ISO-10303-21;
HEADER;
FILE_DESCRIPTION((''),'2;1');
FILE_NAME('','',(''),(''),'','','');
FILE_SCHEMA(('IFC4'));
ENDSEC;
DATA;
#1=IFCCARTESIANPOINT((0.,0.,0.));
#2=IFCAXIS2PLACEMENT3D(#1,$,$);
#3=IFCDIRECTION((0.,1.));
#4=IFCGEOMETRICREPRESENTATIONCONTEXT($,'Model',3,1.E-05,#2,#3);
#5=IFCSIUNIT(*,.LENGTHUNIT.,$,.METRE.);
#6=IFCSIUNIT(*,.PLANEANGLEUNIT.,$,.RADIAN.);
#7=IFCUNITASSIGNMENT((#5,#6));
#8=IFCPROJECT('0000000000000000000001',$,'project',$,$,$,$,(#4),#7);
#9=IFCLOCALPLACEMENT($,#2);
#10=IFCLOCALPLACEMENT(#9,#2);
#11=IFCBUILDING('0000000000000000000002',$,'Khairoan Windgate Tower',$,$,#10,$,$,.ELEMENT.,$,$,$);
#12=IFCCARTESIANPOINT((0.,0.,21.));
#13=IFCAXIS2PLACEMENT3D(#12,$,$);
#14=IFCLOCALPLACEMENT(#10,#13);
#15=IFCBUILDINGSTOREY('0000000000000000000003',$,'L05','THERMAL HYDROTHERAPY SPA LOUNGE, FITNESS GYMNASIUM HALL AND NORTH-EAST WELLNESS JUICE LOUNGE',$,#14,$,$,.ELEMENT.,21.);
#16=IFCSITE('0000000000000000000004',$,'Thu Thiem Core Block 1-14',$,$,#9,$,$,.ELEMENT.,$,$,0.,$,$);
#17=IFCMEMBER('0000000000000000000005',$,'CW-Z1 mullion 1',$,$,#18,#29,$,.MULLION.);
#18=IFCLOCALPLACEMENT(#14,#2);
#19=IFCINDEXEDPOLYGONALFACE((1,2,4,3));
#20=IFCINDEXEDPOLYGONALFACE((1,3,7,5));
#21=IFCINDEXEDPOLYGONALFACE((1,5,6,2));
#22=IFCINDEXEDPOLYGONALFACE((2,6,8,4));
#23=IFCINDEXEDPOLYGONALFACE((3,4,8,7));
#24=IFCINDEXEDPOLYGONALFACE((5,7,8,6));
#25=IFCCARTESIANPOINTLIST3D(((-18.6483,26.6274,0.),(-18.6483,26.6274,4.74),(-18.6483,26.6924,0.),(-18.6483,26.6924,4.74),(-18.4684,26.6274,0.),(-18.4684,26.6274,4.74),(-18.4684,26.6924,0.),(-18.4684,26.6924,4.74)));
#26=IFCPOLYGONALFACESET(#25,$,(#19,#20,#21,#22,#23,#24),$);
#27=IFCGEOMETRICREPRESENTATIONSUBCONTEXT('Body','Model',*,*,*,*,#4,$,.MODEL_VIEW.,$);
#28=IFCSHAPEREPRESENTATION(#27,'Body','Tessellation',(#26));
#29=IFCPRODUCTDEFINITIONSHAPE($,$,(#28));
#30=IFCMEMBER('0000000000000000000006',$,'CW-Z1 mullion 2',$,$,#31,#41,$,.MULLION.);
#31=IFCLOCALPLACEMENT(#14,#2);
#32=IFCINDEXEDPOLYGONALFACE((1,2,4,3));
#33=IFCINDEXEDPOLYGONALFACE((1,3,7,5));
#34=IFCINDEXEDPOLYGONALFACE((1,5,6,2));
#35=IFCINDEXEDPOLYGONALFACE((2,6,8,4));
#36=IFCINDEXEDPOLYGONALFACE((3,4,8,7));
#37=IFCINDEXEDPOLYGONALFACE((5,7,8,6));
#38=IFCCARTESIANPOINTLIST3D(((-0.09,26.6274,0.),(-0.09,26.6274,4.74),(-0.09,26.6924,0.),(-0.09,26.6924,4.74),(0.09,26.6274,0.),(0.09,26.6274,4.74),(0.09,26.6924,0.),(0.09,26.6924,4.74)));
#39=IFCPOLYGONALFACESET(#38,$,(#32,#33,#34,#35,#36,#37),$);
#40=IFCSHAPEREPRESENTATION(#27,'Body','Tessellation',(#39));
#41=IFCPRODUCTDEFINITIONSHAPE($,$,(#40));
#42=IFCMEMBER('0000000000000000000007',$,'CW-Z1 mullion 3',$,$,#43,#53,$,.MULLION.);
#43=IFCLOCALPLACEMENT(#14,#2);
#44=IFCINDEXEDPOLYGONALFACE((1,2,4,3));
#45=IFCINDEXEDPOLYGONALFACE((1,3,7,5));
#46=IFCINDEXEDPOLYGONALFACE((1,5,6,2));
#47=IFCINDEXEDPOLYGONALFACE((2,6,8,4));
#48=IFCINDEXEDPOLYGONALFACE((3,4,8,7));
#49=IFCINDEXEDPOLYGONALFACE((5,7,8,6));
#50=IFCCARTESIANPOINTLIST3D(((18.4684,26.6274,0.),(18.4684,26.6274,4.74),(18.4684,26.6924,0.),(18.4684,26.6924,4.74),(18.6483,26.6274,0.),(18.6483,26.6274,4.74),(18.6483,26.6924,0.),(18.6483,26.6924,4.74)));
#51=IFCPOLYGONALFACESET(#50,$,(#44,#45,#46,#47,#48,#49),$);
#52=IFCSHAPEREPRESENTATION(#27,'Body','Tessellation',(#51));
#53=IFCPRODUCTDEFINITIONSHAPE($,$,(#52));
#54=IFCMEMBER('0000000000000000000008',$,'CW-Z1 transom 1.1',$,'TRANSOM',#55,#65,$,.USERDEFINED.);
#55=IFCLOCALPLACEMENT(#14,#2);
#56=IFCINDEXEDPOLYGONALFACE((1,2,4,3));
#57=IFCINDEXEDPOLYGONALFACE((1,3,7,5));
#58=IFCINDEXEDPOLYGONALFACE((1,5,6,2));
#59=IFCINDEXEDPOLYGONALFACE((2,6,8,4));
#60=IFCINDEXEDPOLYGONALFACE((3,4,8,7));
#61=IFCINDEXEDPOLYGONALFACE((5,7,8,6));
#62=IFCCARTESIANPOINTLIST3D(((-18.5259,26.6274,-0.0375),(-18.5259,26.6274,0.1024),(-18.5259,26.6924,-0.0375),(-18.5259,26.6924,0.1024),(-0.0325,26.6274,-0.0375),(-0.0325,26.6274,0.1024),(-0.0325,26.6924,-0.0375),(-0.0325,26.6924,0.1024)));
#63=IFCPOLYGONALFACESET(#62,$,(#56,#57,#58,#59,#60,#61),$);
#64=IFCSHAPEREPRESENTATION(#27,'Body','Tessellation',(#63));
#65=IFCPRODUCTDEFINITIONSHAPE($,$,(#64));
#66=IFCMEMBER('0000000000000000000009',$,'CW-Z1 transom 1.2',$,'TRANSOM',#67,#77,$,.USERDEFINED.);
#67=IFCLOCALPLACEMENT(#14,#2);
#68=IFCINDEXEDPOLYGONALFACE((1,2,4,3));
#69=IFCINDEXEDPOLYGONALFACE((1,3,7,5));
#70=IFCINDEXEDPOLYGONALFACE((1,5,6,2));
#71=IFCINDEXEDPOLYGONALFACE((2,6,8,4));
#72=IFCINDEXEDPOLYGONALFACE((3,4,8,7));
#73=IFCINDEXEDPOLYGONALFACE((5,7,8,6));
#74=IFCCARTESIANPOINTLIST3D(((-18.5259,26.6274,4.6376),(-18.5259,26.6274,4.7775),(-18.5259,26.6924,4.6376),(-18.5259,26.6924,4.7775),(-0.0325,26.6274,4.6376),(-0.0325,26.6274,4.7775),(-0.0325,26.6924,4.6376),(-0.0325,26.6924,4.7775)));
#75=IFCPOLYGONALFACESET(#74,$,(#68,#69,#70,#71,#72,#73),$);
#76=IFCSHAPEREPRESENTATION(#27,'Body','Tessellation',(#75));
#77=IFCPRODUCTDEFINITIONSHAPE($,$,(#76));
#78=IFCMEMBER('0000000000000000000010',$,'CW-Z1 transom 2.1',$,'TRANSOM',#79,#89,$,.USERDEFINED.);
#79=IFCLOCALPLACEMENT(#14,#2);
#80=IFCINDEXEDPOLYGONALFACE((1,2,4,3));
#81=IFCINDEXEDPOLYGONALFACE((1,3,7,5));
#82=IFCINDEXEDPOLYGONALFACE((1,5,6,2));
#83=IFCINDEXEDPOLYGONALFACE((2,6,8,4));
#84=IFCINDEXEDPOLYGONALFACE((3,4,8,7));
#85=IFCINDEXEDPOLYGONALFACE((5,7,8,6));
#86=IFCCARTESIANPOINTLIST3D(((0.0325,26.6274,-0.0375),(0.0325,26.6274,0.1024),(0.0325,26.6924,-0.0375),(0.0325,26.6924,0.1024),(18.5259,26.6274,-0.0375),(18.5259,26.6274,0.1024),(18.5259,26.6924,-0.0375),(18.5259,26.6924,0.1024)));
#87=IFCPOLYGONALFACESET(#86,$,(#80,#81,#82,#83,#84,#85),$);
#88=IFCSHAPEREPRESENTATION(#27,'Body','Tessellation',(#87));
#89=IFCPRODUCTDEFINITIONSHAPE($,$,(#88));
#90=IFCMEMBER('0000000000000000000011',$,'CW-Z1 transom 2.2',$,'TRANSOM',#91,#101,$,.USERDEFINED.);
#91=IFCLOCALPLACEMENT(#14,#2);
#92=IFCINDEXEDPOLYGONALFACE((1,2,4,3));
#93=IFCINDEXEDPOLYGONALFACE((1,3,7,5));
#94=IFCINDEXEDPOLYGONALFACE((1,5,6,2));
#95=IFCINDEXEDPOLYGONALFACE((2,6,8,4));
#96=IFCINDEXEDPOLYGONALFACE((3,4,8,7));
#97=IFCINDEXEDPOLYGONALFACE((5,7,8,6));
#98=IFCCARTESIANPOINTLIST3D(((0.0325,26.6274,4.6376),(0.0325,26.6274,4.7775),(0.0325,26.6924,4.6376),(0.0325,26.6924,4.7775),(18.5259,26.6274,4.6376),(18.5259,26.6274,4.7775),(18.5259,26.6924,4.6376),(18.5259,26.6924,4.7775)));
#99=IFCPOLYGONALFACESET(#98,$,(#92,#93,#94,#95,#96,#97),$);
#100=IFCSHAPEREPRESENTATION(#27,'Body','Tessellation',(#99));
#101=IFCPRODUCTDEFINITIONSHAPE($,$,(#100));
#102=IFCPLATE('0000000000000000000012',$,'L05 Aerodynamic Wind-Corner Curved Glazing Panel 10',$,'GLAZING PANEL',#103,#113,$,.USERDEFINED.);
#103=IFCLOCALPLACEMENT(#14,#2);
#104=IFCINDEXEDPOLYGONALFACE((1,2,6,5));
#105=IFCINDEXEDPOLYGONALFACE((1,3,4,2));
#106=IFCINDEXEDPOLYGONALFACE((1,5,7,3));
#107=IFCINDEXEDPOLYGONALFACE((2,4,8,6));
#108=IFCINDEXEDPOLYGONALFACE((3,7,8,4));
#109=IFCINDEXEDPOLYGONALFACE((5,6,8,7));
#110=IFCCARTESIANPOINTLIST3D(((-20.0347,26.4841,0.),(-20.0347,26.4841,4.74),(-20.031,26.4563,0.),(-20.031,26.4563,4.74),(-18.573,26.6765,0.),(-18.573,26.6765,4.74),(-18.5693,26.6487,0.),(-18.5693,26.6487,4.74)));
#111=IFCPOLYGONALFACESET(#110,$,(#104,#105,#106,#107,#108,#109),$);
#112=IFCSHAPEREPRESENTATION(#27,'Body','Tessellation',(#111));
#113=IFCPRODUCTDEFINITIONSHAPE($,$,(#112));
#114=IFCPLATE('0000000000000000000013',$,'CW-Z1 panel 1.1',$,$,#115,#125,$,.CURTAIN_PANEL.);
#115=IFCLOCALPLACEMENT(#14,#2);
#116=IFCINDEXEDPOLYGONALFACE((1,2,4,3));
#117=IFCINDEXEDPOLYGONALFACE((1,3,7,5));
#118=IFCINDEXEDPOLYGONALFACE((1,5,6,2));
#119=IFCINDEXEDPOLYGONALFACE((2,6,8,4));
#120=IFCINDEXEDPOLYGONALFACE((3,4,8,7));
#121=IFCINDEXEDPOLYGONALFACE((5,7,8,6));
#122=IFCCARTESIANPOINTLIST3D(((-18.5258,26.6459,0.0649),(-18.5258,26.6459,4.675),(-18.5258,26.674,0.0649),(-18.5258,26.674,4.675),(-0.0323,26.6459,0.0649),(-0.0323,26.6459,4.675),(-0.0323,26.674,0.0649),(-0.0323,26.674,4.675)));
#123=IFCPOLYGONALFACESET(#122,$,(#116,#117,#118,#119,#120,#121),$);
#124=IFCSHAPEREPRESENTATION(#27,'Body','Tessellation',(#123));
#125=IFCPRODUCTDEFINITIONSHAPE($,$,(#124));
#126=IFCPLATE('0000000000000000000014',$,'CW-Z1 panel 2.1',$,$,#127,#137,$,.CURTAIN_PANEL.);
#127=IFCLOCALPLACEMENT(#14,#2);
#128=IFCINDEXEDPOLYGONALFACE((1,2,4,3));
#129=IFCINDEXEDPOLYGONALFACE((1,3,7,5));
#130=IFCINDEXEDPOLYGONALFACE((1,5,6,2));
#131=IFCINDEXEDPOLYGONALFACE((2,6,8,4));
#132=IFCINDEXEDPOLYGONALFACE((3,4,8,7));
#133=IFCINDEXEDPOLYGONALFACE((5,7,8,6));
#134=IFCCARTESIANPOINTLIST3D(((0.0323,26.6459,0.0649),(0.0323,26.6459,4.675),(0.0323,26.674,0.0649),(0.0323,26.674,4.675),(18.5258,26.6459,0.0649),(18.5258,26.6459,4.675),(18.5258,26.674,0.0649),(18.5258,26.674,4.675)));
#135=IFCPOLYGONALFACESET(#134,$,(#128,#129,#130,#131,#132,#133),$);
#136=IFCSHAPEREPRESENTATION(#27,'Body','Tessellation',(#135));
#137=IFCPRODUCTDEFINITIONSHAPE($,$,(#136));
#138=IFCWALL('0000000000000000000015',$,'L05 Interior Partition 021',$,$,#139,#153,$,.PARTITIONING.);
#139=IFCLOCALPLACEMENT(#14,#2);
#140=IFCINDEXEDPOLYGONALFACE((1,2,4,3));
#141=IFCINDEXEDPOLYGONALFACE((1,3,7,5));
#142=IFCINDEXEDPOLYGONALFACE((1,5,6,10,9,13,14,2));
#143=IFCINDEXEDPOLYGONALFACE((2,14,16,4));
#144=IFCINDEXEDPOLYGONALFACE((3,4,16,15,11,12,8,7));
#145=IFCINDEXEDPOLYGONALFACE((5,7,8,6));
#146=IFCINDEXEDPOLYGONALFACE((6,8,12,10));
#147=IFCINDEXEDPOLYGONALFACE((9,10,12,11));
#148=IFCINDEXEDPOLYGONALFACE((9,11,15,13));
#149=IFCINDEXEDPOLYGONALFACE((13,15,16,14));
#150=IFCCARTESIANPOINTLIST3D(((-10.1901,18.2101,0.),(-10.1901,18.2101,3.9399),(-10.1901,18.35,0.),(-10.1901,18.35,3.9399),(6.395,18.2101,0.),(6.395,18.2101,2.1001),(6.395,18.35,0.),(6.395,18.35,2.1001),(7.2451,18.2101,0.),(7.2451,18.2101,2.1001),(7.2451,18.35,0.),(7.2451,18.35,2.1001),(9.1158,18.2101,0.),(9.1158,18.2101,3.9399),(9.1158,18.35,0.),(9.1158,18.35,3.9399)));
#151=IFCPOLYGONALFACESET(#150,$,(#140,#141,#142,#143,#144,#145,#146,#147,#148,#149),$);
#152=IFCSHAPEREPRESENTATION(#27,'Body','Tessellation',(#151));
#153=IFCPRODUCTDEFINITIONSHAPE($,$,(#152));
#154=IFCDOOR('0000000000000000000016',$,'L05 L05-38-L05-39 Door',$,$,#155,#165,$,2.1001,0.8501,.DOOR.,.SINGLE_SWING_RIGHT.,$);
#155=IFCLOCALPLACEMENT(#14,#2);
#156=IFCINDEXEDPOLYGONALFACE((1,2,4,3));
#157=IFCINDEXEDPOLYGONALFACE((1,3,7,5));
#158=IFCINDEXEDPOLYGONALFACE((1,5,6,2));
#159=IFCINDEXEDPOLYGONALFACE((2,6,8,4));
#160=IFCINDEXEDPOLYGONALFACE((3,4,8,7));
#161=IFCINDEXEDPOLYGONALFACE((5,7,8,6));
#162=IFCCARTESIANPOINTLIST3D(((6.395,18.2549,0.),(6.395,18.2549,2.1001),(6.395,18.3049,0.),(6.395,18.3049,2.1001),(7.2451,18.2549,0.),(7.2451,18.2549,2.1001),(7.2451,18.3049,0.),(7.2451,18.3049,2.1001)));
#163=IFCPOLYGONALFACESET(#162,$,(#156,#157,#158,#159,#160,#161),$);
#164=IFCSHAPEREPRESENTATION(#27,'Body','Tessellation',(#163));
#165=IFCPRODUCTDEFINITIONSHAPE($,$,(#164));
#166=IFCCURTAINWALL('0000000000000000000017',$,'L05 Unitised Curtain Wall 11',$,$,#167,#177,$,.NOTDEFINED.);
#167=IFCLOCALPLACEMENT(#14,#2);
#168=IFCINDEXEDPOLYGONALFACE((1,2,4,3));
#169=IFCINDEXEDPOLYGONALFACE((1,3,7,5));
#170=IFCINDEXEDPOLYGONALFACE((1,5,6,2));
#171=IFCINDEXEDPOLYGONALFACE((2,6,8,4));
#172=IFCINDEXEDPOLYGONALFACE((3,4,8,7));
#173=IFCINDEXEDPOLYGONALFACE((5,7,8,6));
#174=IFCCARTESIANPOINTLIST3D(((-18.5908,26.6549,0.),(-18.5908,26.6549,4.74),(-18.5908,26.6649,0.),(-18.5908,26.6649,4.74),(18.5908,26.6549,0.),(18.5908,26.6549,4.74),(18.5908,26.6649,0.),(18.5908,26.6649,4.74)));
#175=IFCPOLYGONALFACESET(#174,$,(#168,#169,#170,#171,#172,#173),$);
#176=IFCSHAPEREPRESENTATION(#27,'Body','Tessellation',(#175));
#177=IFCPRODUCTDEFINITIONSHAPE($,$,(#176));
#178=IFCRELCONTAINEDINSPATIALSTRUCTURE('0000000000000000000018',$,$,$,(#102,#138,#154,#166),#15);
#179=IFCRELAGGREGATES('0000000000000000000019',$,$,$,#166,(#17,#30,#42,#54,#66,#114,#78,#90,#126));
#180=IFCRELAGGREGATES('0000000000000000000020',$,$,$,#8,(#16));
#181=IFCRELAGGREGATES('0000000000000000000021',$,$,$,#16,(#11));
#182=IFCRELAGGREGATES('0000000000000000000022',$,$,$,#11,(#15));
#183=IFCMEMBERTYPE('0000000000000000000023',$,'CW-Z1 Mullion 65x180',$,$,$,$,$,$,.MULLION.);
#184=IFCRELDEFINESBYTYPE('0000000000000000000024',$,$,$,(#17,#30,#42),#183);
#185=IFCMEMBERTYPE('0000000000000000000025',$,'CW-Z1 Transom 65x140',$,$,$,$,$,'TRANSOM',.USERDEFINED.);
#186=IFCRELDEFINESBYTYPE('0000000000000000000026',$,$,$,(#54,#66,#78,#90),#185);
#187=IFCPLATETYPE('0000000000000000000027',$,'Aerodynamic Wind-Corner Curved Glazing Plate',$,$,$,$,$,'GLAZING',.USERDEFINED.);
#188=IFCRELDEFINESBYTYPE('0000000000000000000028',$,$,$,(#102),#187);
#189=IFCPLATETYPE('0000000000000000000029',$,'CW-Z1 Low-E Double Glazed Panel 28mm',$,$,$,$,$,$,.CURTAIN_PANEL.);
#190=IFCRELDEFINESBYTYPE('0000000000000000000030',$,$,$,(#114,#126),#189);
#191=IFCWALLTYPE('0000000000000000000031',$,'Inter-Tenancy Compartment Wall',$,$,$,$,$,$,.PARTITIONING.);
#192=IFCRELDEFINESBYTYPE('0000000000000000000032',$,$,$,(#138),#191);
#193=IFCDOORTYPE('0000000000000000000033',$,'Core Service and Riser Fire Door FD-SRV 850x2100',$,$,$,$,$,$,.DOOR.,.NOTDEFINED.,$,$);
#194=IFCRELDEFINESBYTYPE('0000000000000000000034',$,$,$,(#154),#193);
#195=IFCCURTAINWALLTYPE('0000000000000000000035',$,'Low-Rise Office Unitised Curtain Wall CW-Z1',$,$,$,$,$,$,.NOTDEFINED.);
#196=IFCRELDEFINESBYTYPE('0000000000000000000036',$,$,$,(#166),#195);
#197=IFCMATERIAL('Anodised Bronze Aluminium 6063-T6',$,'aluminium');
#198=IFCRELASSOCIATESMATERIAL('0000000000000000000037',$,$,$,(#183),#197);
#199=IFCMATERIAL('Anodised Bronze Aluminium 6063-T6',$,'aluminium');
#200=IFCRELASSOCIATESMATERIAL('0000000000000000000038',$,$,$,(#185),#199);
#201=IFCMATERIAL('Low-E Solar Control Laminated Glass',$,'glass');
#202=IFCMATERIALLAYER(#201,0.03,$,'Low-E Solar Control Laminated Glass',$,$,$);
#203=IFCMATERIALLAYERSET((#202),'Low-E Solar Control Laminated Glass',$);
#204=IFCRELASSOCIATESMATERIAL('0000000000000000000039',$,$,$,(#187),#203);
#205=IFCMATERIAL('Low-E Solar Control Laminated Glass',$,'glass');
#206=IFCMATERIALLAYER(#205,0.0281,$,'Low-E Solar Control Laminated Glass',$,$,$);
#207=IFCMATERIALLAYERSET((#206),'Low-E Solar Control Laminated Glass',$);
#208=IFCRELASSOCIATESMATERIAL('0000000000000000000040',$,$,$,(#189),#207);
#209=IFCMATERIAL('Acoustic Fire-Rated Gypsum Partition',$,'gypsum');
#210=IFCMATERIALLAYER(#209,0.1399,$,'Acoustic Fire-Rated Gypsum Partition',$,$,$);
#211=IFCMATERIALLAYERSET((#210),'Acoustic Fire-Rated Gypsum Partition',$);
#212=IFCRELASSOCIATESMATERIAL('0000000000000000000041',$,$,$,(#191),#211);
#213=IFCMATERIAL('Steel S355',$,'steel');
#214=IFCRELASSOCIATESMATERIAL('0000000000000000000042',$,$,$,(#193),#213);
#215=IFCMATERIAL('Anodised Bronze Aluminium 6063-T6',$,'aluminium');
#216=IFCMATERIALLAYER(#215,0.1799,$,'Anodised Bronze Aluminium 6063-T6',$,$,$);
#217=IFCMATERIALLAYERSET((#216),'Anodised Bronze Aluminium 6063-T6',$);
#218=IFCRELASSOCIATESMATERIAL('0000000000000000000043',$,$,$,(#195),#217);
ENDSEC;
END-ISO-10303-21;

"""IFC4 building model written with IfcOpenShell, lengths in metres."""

from ifc_helpers import new_model, si_unit, direction, frame, frame_2d, origin, origin_2d, place, context, subcontext, project, spatial, rectangle, extrude, material, layer, layer_set, material_profile, profile_set, type_object, element, fill, aggregate, save


model = new_model("IFC4")

# Units and contexts
model_context = context("Model", 3, precision=1e-05, world=origin(), true_north=direction((0.0, 1.0)))
body_context = subcontext(model_context, "Body", "Model", "MODEL_VIEW")
ifc_project = project(units=[si_unit("LENGTHUNIT", "METRE"), si_unit("PLANEANGLEUNIT", "RADIAN")], contexts=[model_context])

# Site, building, storey
site_placement = place(None, origin())
site = spatial("IfcSite", under=ifc_project, at=site_placement, Name="Thu Thiem Core Block 1-14", CompositionType="ELEMENT", RefElevation=0.0)
building_placement = place(site_placement, origin())
building = spatial("IfcBuilding", under=site, at=building_placement, Name="Khairoan Windgate Tower", CompositionType="ELEMENT")
storey_placement = place(building_placement, frame((0.0, 0.0, 21.0)))
storey = spatial("IfcBuildingStorey", under=building, at=storey_placement, Name="L05", Description="THERMAL HYDROTHERAPY SPA LOUNGE, FITNESS GYMNASIUM HALL AND NORTH-EAST WELLNESS JUICE LOUNGE", CompositionType="ELEMENT", Elevation=21.0)

# Members
ifc_material_1 = material(Name="Anodised Bronze Aluminium 6063-T6", Category="aluminium")
ifc_material_profile_1 = material_profile(ifc_material_1, rectangle(XDim=0.0649, YDim=0.1799, at=origin_2d()))
ifc_profile_set_1 = profile_set([ifc_material_profile_1], Name="Anodised Bronze Aluminium 6063-T6")
member_type_1 = type_object("IfcMemberType", Name="CW-Z1 Mullion 65x180", PredefinedType="MULLION", material=ifc_profile_set_1)
member_1_placement = place(storey_placement, frame((-18.5583, 26.6599, 0.0), z_axis=(0.0, 0.0, 1.0), x_axis=(0.0, 1.0, 0.0)))
member_1 = element("IfcMember", 1, at=member_1_placement, type_object=member_type_1, Name="CW-Z1 mullion 1", PredefinedType="MULLION", context=body_context, shape_type="SweptSolid", body=[
    extrude(rectangle(XDim=0.0649, YDim=0.1799, at=origin_2d()), origin(), (0.0, 0.0, 1.0), 4.74),
])
member_2_placement = place(storey_placement, frame((0.0, 26.6599, 0.0), z_axis=(0.0, 0.0, 1.0), x_axis=(0.0, 1.0, 0.0)))
member_2 = element("IfcMember", 2, at=member_2_placement, type_object=member_type_1, Name="CW-Z1 mullion 2", PredefinedType="MULLION", context=body_context, shape_type="SweptSolid", body=[
    extrude(rectangle(XDim=0.0649, YDim=0.1799, at=origin_2d()), origin(), (0.0, 0.0, 1.0), 4.74),
])
member_3_placement = place(storey_placement, frame((18.5583, 26.6599, 0.0), z_axis=(0.0, 0.0, 1.0), x_axis=(0.0, 1.0, 0.0)))
member_3 = element("IfcMember", 3, at=member_3_placement, type_object=member_type_1, Name="CW-Z1 mullion 3", PredefinedType="MULLION", context=body_context, shape_type="SweptSolid", body=[
    extrude(rectangle(XDim=0.0649, YDim=0.1799, at=origin_2d()), origin(), (0.0, 0.0, 1.0), 4.74),
])
ifc_material_2 = material(Name="Anodised Bronze Aluminium 6063-T6", Category="aluminium")
ifc_material_profile_2 = material_profile(ifc_material_2, rectangle(XDim=0.0649, YDim=0.1399, at=origin_2d()))
ifc_profile_set_2 = profile_set([ifc_material_profile_2], Name="Anodised Bronze Aluminium 6063-T6")
member_type_2 = type_object("IfcMemberType", Name="CW-Z1 Transom 65x140", ElementType="TRANSOM", PredefinedType="USERDEFINED", material=ifc_profile_set_2)
member_4_placement = place(storey_placement, frame((-18.5259, 26.6599, 0.0325), z_axis=(1.0, 0.0, 0.0), x_axis=(0.0, 1.0, 0.0)))
member_4 = element("IfcMember", 4, at=member_4_placement, type_object=member_type_2, Name="CW-Z1 transom 1.1", ObjectType="TRANSOM", PredefinedType="USERDEFINED", context=body_context, shape_type="SweptSolid", body=[
    extrude(rectangle(XDim=0.0649, YDim=0.1399, at=origin_2d()), origin(), (0.0, 0.0, 1.0), 18.4934),
])
member_5_placement = place(storey_placement, frame((-18.5259, 26.6599, 4.7075), z_axis=(1.0, 0.0, 0.0), x_axis=(0.0, 1.0, 0.0)))
member_5 = element("IfcMember", 5, at=member_5_placement, type_object=member_type_2, Name="CW-Z1 transom 1.2", ObjectType="TRANSOM", PredefinedType="USERDEFINED", context=body_context, shape_type="SweptSolid", body=[
    extrude(rectangle(XDim=0.0649, YDim=0.1399, at=origin_2d()), origin(), (0.0, 0.0, 1.0), 18.4934),
])
member_6_placement = place(storey_placement, frame((0.0325, 26.6599, 0.0325), z_axis=(1.0, 0.0, 0.0), x_axis=(0.0, 1.0, 0.0)))
member_6 = element("IfcMember", 6, at=member_6_placement, type_object=member_type_2, Name="CW-Z1 transom 2.1", ObjectType="TRANSOM", PredefinedType="USERDEFINED", context=body_context, shape_type="SweptSolid", body=[
    extrude(rectangle(XDim=0.0649, YDim=0.1399, at=origin_2d()), origin(), (0.0, 0.0, 1.0), 18.4934),
])
member_7_placement = place(storey_placement, frame((0.0325, 26.6599, 4.7075), z_axis=(1.0, 0.0, 0.0), x_axis=(0.0, 1.0, 0.0)))
member_7 = element("IfcMember", 7, at=member_7_placement, type_object=member_type_2, Name="CW-Z1 transom 2.2", ObjectType="TRANSOM", PredefinedType="USERDEFINED", context=body_context, shape_type="SweptSolid", body=[
    extrude(rectangle(XDim=0.0649, YDim=0.1399, at=origin_2d()), origin(), (0.0, 0.0, 1.0), 18.4934),
])

# Plates
ifc_material_3 = material(Name="Low-E Solar Control Laminated Glass", Category="glass")
ifc_layer_1 = layer(ifc_material_3, 0.03, Name="Low-E Solar Control Laminated Glass")
ifc_layer_set_1 = layer_set([ifc_layer_1], Name="Low-E Solar Control Laminated Glass")
plate_type_1 = type_object("IfcPlateType", Name="Aerodynamic Wind-Corner Curved Glazing Plate", ElementType="GLAZING", PredefinedType="USERDEFINED", material=ifc_layer_set_1)
plate_1_placement = place(storey_placement, frame((-19.302, 26.5664, 0.0), z_axis=(0.0, 0.0, 1.0), x_axis=(0.991445, 0.130526, 0.0)))
element("IfcPlate", 8, at=plate_1_placement, inside=storey, type_object=plate_type_1, Name="L05 Aerodynamic Wind-Corner Curved Glazing Panel 10", ObjectType="GLAZING PANEL", PredefinedType="USERDEFINED", context=body_context, shape_type="SweptSolid", body=[
    extrude(rectangle(XDim=1.4744, YDim=0.0281, at=origin_2d()), origin(), (0.0, 0.0, 1.0), 4.74),
])
ifc_material_4 = material(Name="Low-E Solar Control Laminated Glass", Category="glass")
ifc_layer_2 = layer(ifc_material_4, 0.0281, Name="Low-E Solar Control Laminated Glass")
ifc_layer_set_2 = layer_set([ifc_layer_2], Name="Low-E Solar Control Laminated Glass")
plate_type_2 = type_object("IfcPlateType", Name="CW-Z1 Low-E Double Glazed Panel 28mm", PredefinedType="CURTAIN_PANEL", material=ifc_layer_set_2)
plate_2_placement = place(storey_placement, frame((-9.2791, 26.6599, 0.0649), z_axis=(0.0, 0.0, 1.0), x_axis=(1.0, 0.0, 0.0)))
plate_2 = element("IfcPlate", 9, at=plate_2_placement, type_object=plate_type_2, Name="CW-Z1 panel 1.1", PredefinedType="CURTAIN_PANEL", context=body_context, shape_type="SweptSolid", body=[
    extrude(rectangle(XDim=18.4934, YDim=0.0281, at=origin_2d()), origin(), (0.0, 0.0, 1.0), 4.6101),
])
plate_3_placement = place(storey_placement, frame((9.2791, 26.6599, 0.0649), z_axis=(0.0, 0.0, 1.0), x_axis=(1.0, 0.0, 0.0)))
plate_3 = element("IfcPlate", 10, at=plate_3_placement, type_object=plate_type_2, Name="CW-Z1 panel 2.1", PredefinedType="CURTAIN_PANEL", context=body_context, shape_type="SweptSolid", body=[
    extrude(rectangle(XDim=18.4934, YDim=0.0281, at=origin_2d()), origin(), (0.0, 0.0, 1.0), 4.6101),
])

# Wall, opening, door
ifc_material_5 = material(Name="Acoustic Fire-Rated Gypsum Partition", Category="gypsum")
ifc_layer_3 = layer(ifc_material_5, 0.1399, Name="Acoustic Fire-Rated Gypsum Partition")
ifc_layer_set_3 = layer_set([ifc_layer_3], Name="Acoustic Fire-Rated Gypsum Partition")
wall_type_1 = type_object("IfcWallType", Name="Inter-Tenancy Compartment Wall", PredefinedType="PARTITIONING", material=ifc_layer_set_3)
wall_1_placement = place(storey_placement, frame((-10.1899, 18.28, 0.0), z_axis=(0.0, 0.0, 1.0), x_axis=(1.0, 0.0, 0.0)))
wall_1 = element("IfcWall", 11, at=wall_1_placement, inside=storey, type_object=wall_type_1, Name="L05 Interior Partition 021", PredefinedType="PARTITIONING", context=body_context, shape_type="SweptSolid", body=[
    extrude(rectangle(XDim=19.3059, YDim=0.1399, at=frame_2d((9.6528, 0.0))), origin(), (0.0, 0.0, 1.0), 3.9399),
])
opening_placement = place(wall_1_placement, frame((16.585, 0.0, 0.0)))
opening = element("IfcOpeningElement", 12, at=opening_placement, cuts=wall_1, PredefinedType="OPENING", context=body_context, shape_type="SweptSolid", body=[
    extrude(rectangle(XDim=0.8501, YDim=2.1001, at=frame_2d((0.425, 1.05))), frame((0.0, 0.0798, 0.0), z_axis=(0.0, -1.0, 0.0), x_axis=(1.0, 0.0, 0.0)), (0.0, 0.0, 1.0), 0.1599),
])
ifc_material_6 = material(Name="Steel S355", Category="steel")
door_type = type_object("IfcDoorType", Name="Core Service and Riser Fire Door FD-SRV 850x2100", OperationType="NOTDEFINED", PredefinedType="DOOR", material=ifc_material_6)
door_placement = place(opening_placement, origin())
door = element("IfcDoor", 13, at=door_placement, inside=storey, type_object=door_type, Name="L05 L05-38-L05-39 Door", OperationType="SINGLE_SWING_RIGHT", OverallHeight=2.1001, OverallWidth=0.8501, PredefinedType="DOOR", context=body_context, shape_type="SweptSolid", body=[
    extrude(rectangle(XDim=0.8501, YDim=2.1001, at=frame_2d((0.425, 1.05))), frame((0.0, 0.0249, 0.0), z_axis=(0.0, -1.0, 0.0), x_axis=(1.0, 0.0, 0.0)), (0.0, 0.0, 1.0), 0.05),
])
fill(opening, door)

# Curtain wall
ifc_material_7 = material(Name="Anodised Bronze Aluminium 6063-T6", Category="aluminium")
ifc_layer_4 = layer(ifc_material_7, 0.1799, Name="Anodised Bronze Aluminium 6063-T6")
ifc_layer_set_4 = layer_set([ifc_layer_4], Name="Anodised Bronze Aluminium 6063-T6")
curtain_wall_type = type_object("IfcCurtainWallType", Name="Low-Rise Office Unitised Curtain Wall CW-Z1", PredefinedType="NOTDEFINED", material=ifc_layer_set_4)
curtain_wall_placement = place(storey_placement, frame((-18.5908, 26.6599, 0.0), z_axis=(0.0, 0.0, 1.0), x_axis=(1.0, 0.0, 0.0)))
curtain_wall = element("IfcCurtainWall", 14, at=curtain_wall_placement, inside=storey, type_object=curtain_wall_type, Name="L05 Unitised Curtain Wall 11", PredefinedType="NOTDEFINED", context=body_context, shape_type="SweptSolid", body=[
    extrude(rectangle(XDim=37.1816, YDim=0.01, at=frame_2d((18.5908, 0.0))), origin(), (0.0, 0.0, 1.0), 4.74),
])
aggregate(curtain_wall, [member_1, member_2, member_3, member_4, member_5, plate_2, member_6, member_7, plate_3])

save(model, "model.ifc")
